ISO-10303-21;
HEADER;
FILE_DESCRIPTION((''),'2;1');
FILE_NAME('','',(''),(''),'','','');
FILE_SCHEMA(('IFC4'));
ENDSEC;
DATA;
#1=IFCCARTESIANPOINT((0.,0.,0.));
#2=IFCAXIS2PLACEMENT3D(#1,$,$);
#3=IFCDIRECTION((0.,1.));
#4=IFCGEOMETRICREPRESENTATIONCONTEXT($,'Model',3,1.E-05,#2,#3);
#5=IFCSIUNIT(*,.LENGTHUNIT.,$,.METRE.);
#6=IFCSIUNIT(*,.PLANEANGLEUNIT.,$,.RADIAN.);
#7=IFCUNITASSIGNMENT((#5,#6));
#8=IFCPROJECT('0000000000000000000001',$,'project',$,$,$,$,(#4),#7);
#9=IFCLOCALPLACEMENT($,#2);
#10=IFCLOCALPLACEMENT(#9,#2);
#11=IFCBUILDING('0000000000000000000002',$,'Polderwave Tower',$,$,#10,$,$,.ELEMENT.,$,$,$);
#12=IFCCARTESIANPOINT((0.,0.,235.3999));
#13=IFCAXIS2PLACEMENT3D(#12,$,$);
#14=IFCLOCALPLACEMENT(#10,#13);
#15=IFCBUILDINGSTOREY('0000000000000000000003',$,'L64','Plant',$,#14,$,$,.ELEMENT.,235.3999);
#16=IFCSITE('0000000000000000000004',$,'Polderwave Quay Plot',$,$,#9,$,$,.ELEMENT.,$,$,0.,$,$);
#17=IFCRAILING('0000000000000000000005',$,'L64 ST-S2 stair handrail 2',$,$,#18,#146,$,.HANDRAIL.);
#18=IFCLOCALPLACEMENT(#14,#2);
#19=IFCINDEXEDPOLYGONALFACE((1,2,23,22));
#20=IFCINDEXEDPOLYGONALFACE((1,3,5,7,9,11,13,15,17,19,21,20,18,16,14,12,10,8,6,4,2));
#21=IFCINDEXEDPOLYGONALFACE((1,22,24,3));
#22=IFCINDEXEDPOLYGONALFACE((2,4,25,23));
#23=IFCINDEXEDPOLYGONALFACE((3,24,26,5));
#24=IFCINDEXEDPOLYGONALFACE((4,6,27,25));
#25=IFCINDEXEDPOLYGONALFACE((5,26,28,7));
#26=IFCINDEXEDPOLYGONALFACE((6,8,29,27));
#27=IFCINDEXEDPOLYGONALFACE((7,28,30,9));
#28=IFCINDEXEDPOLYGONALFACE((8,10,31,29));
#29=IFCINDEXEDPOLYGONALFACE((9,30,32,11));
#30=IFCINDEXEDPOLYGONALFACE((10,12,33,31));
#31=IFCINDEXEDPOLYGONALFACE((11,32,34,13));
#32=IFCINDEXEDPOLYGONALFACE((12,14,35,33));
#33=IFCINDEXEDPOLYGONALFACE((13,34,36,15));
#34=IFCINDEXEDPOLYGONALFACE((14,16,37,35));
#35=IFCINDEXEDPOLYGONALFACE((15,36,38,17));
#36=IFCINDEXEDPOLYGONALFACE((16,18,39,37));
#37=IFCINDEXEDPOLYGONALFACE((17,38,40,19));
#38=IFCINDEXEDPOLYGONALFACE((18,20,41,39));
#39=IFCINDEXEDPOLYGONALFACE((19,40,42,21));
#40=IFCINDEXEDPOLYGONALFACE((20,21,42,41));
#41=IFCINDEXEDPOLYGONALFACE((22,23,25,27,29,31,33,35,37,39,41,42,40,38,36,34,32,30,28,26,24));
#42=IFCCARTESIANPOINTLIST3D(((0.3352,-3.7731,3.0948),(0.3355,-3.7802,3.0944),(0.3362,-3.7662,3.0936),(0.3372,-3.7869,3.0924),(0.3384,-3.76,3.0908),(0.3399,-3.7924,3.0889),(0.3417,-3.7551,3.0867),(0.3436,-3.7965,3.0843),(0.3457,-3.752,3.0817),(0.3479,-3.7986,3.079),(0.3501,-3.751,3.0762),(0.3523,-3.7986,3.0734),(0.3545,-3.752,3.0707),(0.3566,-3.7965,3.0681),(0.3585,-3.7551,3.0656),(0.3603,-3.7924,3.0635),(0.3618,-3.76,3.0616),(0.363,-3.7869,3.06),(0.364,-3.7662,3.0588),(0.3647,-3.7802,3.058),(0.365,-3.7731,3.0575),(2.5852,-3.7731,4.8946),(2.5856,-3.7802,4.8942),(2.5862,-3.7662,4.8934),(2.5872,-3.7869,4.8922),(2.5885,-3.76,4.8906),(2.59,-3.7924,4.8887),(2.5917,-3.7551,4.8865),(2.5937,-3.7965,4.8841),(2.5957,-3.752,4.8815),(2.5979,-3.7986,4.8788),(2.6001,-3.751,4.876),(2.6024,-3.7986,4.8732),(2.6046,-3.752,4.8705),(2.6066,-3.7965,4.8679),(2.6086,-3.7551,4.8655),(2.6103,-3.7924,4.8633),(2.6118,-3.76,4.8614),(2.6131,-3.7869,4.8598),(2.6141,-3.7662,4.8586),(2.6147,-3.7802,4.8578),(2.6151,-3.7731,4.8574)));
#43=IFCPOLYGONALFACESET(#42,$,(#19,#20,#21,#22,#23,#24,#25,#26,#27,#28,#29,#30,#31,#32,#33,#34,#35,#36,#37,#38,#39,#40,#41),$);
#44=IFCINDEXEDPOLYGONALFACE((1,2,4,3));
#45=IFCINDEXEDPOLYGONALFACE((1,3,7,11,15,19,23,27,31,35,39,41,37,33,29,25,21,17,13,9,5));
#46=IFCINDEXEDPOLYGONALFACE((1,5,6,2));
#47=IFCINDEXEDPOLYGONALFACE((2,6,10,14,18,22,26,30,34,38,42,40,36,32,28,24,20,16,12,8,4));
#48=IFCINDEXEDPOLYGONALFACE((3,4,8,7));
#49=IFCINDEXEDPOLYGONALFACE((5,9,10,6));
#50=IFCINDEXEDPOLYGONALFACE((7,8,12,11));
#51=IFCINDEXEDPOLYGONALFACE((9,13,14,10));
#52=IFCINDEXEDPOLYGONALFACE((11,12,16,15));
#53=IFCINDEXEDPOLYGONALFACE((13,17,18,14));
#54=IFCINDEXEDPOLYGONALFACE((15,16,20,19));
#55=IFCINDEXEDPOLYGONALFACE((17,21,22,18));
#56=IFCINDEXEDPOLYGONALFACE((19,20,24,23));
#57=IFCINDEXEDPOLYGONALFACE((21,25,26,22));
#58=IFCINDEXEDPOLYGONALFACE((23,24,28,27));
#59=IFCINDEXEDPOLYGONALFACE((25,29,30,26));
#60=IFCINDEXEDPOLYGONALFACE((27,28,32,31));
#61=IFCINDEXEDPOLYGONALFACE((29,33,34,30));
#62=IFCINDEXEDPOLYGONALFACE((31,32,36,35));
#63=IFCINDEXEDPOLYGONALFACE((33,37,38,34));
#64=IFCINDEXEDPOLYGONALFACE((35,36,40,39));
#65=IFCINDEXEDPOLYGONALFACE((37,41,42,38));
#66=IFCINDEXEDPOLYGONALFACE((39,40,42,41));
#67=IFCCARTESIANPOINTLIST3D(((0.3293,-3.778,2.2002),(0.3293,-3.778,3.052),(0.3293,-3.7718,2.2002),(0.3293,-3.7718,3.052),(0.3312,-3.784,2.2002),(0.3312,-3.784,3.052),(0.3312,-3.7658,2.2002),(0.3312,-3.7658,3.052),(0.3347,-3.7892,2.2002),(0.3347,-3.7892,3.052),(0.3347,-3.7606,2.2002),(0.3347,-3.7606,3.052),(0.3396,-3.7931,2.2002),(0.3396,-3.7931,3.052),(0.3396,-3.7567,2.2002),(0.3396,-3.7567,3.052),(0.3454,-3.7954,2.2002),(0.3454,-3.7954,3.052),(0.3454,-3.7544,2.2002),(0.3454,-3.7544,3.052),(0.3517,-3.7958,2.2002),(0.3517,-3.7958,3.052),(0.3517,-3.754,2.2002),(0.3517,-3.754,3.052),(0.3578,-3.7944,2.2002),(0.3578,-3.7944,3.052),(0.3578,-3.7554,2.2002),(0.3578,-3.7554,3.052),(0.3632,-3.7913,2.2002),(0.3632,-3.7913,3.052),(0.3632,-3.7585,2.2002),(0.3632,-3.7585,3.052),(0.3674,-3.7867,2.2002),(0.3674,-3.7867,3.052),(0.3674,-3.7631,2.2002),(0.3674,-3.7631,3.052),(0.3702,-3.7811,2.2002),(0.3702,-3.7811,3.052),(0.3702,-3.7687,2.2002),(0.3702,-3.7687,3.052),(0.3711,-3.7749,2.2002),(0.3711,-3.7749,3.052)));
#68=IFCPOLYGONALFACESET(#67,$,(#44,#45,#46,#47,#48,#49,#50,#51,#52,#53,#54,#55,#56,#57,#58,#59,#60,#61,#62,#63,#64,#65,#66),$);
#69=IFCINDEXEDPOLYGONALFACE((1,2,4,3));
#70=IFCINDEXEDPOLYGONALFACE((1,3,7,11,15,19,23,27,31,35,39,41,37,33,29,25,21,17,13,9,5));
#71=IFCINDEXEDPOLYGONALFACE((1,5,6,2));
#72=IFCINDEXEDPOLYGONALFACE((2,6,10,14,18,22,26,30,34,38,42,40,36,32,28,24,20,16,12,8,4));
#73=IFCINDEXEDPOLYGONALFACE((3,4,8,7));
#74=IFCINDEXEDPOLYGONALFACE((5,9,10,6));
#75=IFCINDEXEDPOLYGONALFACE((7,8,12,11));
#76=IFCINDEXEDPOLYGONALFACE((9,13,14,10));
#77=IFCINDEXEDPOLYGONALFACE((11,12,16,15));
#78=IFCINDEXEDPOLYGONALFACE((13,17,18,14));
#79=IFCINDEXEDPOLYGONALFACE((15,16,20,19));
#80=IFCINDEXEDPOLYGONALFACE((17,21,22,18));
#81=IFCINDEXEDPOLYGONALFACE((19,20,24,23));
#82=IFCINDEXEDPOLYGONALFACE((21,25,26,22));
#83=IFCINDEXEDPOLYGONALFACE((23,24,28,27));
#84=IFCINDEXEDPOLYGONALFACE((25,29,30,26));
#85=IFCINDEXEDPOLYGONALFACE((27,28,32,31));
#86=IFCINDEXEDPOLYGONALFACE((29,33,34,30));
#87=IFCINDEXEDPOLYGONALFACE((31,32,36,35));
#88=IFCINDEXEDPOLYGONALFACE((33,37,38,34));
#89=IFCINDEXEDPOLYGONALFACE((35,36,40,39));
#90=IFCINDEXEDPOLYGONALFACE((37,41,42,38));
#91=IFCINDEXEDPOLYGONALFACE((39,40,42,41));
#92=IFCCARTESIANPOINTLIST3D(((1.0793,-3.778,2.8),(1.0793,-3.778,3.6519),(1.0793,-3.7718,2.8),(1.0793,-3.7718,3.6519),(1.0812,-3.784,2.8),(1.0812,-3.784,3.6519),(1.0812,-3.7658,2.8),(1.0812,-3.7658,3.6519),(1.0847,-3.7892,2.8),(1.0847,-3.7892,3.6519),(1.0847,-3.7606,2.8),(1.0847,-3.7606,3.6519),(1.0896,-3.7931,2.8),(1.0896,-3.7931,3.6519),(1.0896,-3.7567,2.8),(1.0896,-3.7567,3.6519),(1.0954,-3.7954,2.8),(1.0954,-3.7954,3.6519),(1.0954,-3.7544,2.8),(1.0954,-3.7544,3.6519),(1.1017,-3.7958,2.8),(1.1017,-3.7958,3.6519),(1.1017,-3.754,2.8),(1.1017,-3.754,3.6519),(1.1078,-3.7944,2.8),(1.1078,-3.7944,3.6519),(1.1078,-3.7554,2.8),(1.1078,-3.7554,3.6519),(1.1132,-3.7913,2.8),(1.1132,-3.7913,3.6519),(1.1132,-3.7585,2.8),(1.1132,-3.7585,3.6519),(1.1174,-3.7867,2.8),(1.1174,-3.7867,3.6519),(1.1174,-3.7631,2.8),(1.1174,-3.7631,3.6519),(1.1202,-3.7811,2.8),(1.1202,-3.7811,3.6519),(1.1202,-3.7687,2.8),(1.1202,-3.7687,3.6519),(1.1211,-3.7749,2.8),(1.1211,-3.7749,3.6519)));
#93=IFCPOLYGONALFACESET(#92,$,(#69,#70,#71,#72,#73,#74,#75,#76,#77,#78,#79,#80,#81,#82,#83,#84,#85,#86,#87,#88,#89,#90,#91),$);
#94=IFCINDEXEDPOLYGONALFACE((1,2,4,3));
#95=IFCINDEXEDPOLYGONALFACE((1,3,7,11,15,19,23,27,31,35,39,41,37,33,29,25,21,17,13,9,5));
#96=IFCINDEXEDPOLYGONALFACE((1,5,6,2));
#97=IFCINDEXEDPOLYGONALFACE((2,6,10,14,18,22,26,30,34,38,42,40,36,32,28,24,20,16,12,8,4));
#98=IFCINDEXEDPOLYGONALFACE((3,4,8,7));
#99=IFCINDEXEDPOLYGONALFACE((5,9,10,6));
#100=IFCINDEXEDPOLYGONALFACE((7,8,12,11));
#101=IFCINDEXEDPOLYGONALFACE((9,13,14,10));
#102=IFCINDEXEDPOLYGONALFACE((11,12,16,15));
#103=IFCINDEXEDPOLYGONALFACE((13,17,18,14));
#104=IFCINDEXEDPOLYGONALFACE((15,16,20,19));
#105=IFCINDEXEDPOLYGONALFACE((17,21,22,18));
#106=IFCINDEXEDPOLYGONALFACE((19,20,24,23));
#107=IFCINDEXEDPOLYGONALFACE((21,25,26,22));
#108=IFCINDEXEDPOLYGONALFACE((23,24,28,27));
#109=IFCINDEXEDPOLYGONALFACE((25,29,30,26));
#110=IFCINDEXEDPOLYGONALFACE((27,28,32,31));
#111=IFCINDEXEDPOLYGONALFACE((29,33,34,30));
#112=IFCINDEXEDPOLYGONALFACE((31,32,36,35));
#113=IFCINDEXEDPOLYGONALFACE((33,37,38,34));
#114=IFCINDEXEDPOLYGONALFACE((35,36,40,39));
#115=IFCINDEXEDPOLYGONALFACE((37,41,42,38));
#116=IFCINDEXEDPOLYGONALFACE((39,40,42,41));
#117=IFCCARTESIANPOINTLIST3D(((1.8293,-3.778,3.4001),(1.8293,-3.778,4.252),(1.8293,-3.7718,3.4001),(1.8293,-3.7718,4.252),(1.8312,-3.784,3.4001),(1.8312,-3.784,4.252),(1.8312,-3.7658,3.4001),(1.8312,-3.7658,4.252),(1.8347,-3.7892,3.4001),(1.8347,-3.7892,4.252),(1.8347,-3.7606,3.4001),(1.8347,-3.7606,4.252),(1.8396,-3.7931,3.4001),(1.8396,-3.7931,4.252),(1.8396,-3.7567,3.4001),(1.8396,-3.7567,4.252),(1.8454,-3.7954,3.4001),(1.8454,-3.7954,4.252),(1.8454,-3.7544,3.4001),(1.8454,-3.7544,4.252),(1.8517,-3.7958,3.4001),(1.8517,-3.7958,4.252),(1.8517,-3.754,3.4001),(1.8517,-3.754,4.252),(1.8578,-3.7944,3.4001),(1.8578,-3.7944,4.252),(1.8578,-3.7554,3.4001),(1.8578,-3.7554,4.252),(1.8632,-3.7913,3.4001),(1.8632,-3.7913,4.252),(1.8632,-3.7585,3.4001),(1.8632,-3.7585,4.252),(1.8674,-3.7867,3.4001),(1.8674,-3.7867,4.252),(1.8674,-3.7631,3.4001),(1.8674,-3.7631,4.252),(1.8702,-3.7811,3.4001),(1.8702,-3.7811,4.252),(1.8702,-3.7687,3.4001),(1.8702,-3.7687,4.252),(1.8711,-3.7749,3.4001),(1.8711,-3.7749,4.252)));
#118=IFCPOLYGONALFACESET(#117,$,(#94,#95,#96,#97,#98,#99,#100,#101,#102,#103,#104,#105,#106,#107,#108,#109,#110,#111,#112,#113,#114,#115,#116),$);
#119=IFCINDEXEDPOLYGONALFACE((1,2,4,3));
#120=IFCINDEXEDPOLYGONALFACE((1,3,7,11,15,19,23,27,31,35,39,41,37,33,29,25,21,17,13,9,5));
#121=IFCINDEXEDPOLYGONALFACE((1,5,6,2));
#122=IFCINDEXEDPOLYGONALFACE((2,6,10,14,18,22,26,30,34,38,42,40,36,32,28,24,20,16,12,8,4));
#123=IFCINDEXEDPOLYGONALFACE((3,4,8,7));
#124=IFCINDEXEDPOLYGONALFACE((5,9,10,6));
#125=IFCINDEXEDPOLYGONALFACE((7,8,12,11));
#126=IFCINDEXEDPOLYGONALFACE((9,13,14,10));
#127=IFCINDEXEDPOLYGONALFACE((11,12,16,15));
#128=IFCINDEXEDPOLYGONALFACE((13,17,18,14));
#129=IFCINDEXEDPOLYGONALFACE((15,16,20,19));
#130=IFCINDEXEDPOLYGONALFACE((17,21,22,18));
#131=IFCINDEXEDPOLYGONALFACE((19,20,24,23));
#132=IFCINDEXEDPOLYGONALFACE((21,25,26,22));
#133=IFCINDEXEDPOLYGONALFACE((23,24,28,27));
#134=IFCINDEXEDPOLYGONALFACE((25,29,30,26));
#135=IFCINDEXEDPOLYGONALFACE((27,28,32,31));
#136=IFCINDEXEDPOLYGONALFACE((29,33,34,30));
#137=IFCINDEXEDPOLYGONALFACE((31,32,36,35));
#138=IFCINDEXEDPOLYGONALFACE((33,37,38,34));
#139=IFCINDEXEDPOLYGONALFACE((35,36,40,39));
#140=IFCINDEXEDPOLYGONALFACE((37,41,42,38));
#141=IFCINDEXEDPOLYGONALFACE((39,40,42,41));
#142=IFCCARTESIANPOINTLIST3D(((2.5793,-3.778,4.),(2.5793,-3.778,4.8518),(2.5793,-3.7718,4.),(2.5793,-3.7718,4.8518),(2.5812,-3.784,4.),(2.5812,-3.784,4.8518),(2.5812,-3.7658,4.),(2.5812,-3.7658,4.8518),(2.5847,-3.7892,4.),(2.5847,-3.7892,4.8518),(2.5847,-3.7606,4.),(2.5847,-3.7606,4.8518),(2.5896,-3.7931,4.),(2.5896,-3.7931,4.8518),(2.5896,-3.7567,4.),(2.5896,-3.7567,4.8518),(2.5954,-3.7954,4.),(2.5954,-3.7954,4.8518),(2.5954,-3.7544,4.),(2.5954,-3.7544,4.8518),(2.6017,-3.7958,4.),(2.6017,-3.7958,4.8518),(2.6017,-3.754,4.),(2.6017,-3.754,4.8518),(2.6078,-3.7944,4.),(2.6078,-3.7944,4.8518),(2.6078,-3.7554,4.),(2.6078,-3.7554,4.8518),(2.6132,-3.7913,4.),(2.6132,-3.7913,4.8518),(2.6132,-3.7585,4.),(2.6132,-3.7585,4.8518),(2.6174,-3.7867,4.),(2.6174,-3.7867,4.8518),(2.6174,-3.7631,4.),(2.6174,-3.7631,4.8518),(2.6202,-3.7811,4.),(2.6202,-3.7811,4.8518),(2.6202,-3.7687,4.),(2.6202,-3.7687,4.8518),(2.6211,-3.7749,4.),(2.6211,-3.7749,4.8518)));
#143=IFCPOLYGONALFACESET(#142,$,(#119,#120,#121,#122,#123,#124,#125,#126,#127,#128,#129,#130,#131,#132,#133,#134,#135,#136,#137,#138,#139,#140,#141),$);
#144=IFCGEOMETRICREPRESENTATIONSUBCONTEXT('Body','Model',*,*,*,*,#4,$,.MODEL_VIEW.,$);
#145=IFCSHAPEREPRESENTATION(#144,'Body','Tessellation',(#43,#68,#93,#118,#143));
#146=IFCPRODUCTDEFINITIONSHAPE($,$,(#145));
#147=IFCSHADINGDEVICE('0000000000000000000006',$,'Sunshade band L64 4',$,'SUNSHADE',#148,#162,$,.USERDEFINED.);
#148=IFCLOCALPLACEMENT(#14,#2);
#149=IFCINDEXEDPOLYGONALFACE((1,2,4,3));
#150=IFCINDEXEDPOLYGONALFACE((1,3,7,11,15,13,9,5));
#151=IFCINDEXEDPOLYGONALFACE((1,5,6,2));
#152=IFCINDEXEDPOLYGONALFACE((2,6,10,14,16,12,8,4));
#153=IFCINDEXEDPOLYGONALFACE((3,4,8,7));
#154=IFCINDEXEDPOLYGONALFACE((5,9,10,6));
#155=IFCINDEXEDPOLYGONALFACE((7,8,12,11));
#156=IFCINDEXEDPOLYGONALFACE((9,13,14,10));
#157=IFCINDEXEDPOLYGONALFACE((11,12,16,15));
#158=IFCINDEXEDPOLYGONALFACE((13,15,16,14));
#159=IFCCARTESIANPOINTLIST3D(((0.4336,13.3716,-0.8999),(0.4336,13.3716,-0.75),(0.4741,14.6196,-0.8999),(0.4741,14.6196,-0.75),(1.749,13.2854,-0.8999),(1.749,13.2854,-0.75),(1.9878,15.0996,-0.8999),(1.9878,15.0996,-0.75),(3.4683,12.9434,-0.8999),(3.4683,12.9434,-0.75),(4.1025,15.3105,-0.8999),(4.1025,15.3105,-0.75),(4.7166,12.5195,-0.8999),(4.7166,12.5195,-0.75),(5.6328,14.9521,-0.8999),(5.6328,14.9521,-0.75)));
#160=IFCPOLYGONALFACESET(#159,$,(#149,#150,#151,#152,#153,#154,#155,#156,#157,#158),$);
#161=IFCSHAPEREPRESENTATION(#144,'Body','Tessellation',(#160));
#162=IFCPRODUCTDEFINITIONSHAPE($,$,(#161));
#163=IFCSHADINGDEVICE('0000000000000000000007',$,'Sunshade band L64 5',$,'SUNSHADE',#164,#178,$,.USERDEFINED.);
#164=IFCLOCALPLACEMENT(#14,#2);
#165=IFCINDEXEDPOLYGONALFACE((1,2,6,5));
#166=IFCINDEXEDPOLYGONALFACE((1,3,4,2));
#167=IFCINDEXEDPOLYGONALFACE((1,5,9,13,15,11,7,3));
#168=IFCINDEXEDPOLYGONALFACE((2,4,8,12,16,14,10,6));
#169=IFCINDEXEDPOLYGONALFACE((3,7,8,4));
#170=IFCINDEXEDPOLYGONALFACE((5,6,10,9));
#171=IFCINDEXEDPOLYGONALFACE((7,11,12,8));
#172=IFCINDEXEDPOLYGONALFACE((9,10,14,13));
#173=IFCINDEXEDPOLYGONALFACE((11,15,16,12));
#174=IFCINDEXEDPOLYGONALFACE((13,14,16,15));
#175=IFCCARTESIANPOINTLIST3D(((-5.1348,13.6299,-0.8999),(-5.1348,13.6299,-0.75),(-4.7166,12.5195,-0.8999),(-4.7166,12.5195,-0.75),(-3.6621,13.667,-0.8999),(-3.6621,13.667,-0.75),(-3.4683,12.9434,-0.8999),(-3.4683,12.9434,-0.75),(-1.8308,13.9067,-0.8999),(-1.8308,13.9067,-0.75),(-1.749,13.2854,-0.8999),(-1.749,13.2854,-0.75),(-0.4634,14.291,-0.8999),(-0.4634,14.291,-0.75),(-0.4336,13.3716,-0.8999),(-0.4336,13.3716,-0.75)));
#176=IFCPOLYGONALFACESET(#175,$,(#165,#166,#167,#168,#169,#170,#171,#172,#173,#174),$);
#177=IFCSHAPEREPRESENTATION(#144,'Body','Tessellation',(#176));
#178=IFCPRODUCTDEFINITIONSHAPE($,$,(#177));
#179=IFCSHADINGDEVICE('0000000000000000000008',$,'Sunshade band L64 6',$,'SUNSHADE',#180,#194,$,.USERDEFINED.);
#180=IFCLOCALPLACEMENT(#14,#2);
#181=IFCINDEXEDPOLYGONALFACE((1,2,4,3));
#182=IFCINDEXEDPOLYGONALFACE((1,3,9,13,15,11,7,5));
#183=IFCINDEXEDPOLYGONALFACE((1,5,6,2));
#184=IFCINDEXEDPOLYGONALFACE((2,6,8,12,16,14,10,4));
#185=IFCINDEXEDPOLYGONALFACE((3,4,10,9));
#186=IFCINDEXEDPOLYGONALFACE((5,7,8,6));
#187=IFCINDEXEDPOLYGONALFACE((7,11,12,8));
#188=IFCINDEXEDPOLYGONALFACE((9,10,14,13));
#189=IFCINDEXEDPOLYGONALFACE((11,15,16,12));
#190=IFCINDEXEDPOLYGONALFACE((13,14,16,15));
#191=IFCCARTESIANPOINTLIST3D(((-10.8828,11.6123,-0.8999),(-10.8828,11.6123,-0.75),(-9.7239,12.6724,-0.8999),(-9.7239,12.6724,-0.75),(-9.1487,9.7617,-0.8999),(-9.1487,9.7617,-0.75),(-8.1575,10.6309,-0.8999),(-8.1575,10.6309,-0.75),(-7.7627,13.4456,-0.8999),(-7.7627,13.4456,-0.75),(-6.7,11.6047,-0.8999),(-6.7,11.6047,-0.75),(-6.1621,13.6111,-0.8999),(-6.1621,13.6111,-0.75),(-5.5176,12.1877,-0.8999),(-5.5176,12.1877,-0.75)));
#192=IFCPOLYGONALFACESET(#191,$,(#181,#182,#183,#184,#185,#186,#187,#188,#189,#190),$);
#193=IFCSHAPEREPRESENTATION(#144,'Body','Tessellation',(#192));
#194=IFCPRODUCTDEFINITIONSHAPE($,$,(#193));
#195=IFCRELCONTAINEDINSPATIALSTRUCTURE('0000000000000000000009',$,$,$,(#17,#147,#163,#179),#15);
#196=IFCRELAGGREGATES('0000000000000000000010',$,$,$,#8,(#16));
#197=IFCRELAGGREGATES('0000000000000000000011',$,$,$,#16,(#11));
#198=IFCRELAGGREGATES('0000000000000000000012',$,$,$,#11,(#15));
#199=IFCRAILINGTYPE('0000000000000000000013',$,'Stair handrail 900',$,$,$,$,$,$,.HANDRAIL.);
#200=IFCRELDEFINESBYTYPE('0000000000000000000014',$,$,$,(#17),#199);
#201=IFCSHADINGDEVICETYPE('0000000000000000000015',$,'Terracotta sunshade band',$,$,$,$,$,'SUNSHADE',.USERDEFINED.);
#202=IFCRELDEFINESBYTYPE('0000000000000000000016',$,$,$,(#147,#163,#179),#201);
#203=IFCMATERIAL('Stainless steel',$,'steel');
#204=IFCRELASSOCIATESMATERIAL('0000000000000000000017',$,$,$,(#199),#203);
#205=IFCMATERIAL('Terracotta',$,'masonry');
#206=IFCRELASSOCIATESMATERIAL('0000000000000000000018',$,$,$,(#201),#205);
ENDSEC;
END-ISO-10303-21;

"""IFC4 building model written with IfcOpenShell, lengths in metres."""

from ifc_helpers import new_model, si_unit, direction, frame, origin, origin_2d, place, context, subcontext, project, spatial, polyline, circle, outline, extrude, material, type_object, element, save


model = new_model("IFC4")

# Units and contexts
model_context = context("Model", 3, precision=1e-05, world=origin(), true_north=direction((0.0, 1.0)))
body_context = subcontext(model_context, "Body", "Model", "MODEL_VIEW")
ifc_project = project(units=[si_unit("LENGTHUNIT", "METRE"), si_unit("PLANEANGLEUNIT", "RADIAN")], contexts=[model_context])

# Site, building, storey
site_placement = place(None, origin())
site = spatial("IfcSite", under=ifc_project, at=site_placement, Name="Polderwave Quay Plot", CompositionType="ELEMENT", RefElevation=0.0)
building_placement = place(site_placement, origin())
building = spatial("IfcBuilding", under=site, at=building_placement, Name="Polderwave Tower", CompositionType="ELEMENT")
storey_placement = place(building_placement, frame((0.0, 0.0, 235.3999)))
storey = spatial("IfcBuildingStorey", under=building, at=storey_placement, Name="L64", Description="Plant", CompositionType="ELEMENT", Elevation=235.3999)

# Railing
ifc_material_1 = material(Name="Stainless steel", Category="steel")
railing_type_1 = type_object("IfcRailingType", Name="Stair handrail 900", PredefinedType="HANDRAIL", material=ifc_material_1)
railing_1_placement = place(storey_placement, frame((0.3501, -3.7749, 2.2002)))
element("IfcRailing", 1, at=railing_1_placement, inside=storey, type_object=railing_type_1, Name="L64 ST-S2 stair handrail 2", PredefinedType="HANDRAIL", context=body_context, shape_type="SweptSolid", body=[
    extrude(circle(Radius=0.0239, at=origin_2d()), frame((0.0, 0.0, 0.876), z_axis=(0.780902, 0.0, 0.624654), x_axis=(0.0, 1.0, 0.0)), (0.0, 0.0, 1.0), 2.8813),
    extrude(circle(Radius=0.021, at=origin_2d()), origin(), (0.0, 0.0, 1.0), 0.8518),
    extrude(circle(Radius=0.021, at=origin_2d()), frame((0.75, 0.0, 0.5999)), (0.0, 0.0, 1.0), 0.8518),
    extrude(circle(Radius=0.021, at=origin_2d()), frame((1.5, 0.0, 1.2)), (0.0, 0.0, 1.0), 0.8518),
    extrude(circle(Radius=0.021, at=origin_2d()), frame((2.25, 0.0, 1.7998)), (0.0, 0.0, 1.0), 0.8518),
])

# Shading devices
ifc_material_2 = material(Name="Terracotta", Category="masonry")
shading_device_type = type_object("IfcShadingDeviceType", Name="Terracotta sunshade band", ElementType="SUNSHADE", PredefinedType="USERDEFINED", material=ifc_material_2)
shading_device_1_placement = place(storey_placement, frame((0.0, 0.0, -0.8999)))
element("IfcShadingDevice", 2, at=shading_device_1_placement, inside=storey, type_object=shading_device_type, Name="Sunshade band L64 4", ObjectType="SUNSHADE", PredefinedType="USERDEFINED", context=body_context, shape_type="SweptSolid", body=[
    extrude(outline(polyline([(4.7166, 12.5195), (3.4683, 12.9434), (1.749, 13.2854), (0.4336, 13.3716), (0.4741, 14.6196), (1.9878, 15.0996), (4.1025, 15.3105), (5.6328, 14.9521), (4.7166, 12.5195)])), origin(), (0.0, 0.0, 1.0), 0.1499),
])
shading_device_2_placement = place(storey_placement, frame((0.0, 0.0, -0.8999)))
element("IfcShadingDevice", 3, at=shading_device_2_placement, inside=storey, type_object=shading_device_type, Name="Sunshade band L64 5", ObjectType="SUNSHADE", PredefinedType="USERDEFINED", context=body_context, shape_type="SweptSolid", body=[
    extrude(outline(polyline([(-0.4336, 13.3716), (-1.749, 13.2854), (-3.4683, 12.9434), (-4.7166, 12.5195), (-5.1348, 13.6299), (-3.6621, 13.667), (-1.8308, 13.9067), (-0.4634, 14.291), (-0.4336, 13.3716)])), origin(), (0.0, 0.0, 1.0), 0.1499),
])
shading_device_3_placement = place(storey_placement, frame((0.0, 0.0, -0.8999)))
element("IfcShadingDevice", 4, at=shading_device_3_placement, inside=storey, type_object=shading_device_type, Name="Sunshade band L64 6", ObjectType="SUNSHADE", PredefinedType="USERDEFINED", context=body_context, shape_type="SweptSolid", body=[
    extrude(outline(polyline([(-5.5176, 12.1877), (-6.7, 11.6047), (-8.1575, 10.6309), (-9.1487, 9.7617), (-10.8828, 11.6123), (-9.7239, 12.6724), (-7.7627, 13.4456), (-6.1621, 13.6111), (-5.5176, 12.1877)])), origin(), (0.0, 0.0, 1.0), 0.1499),
])

save(model, "model.ifc")
